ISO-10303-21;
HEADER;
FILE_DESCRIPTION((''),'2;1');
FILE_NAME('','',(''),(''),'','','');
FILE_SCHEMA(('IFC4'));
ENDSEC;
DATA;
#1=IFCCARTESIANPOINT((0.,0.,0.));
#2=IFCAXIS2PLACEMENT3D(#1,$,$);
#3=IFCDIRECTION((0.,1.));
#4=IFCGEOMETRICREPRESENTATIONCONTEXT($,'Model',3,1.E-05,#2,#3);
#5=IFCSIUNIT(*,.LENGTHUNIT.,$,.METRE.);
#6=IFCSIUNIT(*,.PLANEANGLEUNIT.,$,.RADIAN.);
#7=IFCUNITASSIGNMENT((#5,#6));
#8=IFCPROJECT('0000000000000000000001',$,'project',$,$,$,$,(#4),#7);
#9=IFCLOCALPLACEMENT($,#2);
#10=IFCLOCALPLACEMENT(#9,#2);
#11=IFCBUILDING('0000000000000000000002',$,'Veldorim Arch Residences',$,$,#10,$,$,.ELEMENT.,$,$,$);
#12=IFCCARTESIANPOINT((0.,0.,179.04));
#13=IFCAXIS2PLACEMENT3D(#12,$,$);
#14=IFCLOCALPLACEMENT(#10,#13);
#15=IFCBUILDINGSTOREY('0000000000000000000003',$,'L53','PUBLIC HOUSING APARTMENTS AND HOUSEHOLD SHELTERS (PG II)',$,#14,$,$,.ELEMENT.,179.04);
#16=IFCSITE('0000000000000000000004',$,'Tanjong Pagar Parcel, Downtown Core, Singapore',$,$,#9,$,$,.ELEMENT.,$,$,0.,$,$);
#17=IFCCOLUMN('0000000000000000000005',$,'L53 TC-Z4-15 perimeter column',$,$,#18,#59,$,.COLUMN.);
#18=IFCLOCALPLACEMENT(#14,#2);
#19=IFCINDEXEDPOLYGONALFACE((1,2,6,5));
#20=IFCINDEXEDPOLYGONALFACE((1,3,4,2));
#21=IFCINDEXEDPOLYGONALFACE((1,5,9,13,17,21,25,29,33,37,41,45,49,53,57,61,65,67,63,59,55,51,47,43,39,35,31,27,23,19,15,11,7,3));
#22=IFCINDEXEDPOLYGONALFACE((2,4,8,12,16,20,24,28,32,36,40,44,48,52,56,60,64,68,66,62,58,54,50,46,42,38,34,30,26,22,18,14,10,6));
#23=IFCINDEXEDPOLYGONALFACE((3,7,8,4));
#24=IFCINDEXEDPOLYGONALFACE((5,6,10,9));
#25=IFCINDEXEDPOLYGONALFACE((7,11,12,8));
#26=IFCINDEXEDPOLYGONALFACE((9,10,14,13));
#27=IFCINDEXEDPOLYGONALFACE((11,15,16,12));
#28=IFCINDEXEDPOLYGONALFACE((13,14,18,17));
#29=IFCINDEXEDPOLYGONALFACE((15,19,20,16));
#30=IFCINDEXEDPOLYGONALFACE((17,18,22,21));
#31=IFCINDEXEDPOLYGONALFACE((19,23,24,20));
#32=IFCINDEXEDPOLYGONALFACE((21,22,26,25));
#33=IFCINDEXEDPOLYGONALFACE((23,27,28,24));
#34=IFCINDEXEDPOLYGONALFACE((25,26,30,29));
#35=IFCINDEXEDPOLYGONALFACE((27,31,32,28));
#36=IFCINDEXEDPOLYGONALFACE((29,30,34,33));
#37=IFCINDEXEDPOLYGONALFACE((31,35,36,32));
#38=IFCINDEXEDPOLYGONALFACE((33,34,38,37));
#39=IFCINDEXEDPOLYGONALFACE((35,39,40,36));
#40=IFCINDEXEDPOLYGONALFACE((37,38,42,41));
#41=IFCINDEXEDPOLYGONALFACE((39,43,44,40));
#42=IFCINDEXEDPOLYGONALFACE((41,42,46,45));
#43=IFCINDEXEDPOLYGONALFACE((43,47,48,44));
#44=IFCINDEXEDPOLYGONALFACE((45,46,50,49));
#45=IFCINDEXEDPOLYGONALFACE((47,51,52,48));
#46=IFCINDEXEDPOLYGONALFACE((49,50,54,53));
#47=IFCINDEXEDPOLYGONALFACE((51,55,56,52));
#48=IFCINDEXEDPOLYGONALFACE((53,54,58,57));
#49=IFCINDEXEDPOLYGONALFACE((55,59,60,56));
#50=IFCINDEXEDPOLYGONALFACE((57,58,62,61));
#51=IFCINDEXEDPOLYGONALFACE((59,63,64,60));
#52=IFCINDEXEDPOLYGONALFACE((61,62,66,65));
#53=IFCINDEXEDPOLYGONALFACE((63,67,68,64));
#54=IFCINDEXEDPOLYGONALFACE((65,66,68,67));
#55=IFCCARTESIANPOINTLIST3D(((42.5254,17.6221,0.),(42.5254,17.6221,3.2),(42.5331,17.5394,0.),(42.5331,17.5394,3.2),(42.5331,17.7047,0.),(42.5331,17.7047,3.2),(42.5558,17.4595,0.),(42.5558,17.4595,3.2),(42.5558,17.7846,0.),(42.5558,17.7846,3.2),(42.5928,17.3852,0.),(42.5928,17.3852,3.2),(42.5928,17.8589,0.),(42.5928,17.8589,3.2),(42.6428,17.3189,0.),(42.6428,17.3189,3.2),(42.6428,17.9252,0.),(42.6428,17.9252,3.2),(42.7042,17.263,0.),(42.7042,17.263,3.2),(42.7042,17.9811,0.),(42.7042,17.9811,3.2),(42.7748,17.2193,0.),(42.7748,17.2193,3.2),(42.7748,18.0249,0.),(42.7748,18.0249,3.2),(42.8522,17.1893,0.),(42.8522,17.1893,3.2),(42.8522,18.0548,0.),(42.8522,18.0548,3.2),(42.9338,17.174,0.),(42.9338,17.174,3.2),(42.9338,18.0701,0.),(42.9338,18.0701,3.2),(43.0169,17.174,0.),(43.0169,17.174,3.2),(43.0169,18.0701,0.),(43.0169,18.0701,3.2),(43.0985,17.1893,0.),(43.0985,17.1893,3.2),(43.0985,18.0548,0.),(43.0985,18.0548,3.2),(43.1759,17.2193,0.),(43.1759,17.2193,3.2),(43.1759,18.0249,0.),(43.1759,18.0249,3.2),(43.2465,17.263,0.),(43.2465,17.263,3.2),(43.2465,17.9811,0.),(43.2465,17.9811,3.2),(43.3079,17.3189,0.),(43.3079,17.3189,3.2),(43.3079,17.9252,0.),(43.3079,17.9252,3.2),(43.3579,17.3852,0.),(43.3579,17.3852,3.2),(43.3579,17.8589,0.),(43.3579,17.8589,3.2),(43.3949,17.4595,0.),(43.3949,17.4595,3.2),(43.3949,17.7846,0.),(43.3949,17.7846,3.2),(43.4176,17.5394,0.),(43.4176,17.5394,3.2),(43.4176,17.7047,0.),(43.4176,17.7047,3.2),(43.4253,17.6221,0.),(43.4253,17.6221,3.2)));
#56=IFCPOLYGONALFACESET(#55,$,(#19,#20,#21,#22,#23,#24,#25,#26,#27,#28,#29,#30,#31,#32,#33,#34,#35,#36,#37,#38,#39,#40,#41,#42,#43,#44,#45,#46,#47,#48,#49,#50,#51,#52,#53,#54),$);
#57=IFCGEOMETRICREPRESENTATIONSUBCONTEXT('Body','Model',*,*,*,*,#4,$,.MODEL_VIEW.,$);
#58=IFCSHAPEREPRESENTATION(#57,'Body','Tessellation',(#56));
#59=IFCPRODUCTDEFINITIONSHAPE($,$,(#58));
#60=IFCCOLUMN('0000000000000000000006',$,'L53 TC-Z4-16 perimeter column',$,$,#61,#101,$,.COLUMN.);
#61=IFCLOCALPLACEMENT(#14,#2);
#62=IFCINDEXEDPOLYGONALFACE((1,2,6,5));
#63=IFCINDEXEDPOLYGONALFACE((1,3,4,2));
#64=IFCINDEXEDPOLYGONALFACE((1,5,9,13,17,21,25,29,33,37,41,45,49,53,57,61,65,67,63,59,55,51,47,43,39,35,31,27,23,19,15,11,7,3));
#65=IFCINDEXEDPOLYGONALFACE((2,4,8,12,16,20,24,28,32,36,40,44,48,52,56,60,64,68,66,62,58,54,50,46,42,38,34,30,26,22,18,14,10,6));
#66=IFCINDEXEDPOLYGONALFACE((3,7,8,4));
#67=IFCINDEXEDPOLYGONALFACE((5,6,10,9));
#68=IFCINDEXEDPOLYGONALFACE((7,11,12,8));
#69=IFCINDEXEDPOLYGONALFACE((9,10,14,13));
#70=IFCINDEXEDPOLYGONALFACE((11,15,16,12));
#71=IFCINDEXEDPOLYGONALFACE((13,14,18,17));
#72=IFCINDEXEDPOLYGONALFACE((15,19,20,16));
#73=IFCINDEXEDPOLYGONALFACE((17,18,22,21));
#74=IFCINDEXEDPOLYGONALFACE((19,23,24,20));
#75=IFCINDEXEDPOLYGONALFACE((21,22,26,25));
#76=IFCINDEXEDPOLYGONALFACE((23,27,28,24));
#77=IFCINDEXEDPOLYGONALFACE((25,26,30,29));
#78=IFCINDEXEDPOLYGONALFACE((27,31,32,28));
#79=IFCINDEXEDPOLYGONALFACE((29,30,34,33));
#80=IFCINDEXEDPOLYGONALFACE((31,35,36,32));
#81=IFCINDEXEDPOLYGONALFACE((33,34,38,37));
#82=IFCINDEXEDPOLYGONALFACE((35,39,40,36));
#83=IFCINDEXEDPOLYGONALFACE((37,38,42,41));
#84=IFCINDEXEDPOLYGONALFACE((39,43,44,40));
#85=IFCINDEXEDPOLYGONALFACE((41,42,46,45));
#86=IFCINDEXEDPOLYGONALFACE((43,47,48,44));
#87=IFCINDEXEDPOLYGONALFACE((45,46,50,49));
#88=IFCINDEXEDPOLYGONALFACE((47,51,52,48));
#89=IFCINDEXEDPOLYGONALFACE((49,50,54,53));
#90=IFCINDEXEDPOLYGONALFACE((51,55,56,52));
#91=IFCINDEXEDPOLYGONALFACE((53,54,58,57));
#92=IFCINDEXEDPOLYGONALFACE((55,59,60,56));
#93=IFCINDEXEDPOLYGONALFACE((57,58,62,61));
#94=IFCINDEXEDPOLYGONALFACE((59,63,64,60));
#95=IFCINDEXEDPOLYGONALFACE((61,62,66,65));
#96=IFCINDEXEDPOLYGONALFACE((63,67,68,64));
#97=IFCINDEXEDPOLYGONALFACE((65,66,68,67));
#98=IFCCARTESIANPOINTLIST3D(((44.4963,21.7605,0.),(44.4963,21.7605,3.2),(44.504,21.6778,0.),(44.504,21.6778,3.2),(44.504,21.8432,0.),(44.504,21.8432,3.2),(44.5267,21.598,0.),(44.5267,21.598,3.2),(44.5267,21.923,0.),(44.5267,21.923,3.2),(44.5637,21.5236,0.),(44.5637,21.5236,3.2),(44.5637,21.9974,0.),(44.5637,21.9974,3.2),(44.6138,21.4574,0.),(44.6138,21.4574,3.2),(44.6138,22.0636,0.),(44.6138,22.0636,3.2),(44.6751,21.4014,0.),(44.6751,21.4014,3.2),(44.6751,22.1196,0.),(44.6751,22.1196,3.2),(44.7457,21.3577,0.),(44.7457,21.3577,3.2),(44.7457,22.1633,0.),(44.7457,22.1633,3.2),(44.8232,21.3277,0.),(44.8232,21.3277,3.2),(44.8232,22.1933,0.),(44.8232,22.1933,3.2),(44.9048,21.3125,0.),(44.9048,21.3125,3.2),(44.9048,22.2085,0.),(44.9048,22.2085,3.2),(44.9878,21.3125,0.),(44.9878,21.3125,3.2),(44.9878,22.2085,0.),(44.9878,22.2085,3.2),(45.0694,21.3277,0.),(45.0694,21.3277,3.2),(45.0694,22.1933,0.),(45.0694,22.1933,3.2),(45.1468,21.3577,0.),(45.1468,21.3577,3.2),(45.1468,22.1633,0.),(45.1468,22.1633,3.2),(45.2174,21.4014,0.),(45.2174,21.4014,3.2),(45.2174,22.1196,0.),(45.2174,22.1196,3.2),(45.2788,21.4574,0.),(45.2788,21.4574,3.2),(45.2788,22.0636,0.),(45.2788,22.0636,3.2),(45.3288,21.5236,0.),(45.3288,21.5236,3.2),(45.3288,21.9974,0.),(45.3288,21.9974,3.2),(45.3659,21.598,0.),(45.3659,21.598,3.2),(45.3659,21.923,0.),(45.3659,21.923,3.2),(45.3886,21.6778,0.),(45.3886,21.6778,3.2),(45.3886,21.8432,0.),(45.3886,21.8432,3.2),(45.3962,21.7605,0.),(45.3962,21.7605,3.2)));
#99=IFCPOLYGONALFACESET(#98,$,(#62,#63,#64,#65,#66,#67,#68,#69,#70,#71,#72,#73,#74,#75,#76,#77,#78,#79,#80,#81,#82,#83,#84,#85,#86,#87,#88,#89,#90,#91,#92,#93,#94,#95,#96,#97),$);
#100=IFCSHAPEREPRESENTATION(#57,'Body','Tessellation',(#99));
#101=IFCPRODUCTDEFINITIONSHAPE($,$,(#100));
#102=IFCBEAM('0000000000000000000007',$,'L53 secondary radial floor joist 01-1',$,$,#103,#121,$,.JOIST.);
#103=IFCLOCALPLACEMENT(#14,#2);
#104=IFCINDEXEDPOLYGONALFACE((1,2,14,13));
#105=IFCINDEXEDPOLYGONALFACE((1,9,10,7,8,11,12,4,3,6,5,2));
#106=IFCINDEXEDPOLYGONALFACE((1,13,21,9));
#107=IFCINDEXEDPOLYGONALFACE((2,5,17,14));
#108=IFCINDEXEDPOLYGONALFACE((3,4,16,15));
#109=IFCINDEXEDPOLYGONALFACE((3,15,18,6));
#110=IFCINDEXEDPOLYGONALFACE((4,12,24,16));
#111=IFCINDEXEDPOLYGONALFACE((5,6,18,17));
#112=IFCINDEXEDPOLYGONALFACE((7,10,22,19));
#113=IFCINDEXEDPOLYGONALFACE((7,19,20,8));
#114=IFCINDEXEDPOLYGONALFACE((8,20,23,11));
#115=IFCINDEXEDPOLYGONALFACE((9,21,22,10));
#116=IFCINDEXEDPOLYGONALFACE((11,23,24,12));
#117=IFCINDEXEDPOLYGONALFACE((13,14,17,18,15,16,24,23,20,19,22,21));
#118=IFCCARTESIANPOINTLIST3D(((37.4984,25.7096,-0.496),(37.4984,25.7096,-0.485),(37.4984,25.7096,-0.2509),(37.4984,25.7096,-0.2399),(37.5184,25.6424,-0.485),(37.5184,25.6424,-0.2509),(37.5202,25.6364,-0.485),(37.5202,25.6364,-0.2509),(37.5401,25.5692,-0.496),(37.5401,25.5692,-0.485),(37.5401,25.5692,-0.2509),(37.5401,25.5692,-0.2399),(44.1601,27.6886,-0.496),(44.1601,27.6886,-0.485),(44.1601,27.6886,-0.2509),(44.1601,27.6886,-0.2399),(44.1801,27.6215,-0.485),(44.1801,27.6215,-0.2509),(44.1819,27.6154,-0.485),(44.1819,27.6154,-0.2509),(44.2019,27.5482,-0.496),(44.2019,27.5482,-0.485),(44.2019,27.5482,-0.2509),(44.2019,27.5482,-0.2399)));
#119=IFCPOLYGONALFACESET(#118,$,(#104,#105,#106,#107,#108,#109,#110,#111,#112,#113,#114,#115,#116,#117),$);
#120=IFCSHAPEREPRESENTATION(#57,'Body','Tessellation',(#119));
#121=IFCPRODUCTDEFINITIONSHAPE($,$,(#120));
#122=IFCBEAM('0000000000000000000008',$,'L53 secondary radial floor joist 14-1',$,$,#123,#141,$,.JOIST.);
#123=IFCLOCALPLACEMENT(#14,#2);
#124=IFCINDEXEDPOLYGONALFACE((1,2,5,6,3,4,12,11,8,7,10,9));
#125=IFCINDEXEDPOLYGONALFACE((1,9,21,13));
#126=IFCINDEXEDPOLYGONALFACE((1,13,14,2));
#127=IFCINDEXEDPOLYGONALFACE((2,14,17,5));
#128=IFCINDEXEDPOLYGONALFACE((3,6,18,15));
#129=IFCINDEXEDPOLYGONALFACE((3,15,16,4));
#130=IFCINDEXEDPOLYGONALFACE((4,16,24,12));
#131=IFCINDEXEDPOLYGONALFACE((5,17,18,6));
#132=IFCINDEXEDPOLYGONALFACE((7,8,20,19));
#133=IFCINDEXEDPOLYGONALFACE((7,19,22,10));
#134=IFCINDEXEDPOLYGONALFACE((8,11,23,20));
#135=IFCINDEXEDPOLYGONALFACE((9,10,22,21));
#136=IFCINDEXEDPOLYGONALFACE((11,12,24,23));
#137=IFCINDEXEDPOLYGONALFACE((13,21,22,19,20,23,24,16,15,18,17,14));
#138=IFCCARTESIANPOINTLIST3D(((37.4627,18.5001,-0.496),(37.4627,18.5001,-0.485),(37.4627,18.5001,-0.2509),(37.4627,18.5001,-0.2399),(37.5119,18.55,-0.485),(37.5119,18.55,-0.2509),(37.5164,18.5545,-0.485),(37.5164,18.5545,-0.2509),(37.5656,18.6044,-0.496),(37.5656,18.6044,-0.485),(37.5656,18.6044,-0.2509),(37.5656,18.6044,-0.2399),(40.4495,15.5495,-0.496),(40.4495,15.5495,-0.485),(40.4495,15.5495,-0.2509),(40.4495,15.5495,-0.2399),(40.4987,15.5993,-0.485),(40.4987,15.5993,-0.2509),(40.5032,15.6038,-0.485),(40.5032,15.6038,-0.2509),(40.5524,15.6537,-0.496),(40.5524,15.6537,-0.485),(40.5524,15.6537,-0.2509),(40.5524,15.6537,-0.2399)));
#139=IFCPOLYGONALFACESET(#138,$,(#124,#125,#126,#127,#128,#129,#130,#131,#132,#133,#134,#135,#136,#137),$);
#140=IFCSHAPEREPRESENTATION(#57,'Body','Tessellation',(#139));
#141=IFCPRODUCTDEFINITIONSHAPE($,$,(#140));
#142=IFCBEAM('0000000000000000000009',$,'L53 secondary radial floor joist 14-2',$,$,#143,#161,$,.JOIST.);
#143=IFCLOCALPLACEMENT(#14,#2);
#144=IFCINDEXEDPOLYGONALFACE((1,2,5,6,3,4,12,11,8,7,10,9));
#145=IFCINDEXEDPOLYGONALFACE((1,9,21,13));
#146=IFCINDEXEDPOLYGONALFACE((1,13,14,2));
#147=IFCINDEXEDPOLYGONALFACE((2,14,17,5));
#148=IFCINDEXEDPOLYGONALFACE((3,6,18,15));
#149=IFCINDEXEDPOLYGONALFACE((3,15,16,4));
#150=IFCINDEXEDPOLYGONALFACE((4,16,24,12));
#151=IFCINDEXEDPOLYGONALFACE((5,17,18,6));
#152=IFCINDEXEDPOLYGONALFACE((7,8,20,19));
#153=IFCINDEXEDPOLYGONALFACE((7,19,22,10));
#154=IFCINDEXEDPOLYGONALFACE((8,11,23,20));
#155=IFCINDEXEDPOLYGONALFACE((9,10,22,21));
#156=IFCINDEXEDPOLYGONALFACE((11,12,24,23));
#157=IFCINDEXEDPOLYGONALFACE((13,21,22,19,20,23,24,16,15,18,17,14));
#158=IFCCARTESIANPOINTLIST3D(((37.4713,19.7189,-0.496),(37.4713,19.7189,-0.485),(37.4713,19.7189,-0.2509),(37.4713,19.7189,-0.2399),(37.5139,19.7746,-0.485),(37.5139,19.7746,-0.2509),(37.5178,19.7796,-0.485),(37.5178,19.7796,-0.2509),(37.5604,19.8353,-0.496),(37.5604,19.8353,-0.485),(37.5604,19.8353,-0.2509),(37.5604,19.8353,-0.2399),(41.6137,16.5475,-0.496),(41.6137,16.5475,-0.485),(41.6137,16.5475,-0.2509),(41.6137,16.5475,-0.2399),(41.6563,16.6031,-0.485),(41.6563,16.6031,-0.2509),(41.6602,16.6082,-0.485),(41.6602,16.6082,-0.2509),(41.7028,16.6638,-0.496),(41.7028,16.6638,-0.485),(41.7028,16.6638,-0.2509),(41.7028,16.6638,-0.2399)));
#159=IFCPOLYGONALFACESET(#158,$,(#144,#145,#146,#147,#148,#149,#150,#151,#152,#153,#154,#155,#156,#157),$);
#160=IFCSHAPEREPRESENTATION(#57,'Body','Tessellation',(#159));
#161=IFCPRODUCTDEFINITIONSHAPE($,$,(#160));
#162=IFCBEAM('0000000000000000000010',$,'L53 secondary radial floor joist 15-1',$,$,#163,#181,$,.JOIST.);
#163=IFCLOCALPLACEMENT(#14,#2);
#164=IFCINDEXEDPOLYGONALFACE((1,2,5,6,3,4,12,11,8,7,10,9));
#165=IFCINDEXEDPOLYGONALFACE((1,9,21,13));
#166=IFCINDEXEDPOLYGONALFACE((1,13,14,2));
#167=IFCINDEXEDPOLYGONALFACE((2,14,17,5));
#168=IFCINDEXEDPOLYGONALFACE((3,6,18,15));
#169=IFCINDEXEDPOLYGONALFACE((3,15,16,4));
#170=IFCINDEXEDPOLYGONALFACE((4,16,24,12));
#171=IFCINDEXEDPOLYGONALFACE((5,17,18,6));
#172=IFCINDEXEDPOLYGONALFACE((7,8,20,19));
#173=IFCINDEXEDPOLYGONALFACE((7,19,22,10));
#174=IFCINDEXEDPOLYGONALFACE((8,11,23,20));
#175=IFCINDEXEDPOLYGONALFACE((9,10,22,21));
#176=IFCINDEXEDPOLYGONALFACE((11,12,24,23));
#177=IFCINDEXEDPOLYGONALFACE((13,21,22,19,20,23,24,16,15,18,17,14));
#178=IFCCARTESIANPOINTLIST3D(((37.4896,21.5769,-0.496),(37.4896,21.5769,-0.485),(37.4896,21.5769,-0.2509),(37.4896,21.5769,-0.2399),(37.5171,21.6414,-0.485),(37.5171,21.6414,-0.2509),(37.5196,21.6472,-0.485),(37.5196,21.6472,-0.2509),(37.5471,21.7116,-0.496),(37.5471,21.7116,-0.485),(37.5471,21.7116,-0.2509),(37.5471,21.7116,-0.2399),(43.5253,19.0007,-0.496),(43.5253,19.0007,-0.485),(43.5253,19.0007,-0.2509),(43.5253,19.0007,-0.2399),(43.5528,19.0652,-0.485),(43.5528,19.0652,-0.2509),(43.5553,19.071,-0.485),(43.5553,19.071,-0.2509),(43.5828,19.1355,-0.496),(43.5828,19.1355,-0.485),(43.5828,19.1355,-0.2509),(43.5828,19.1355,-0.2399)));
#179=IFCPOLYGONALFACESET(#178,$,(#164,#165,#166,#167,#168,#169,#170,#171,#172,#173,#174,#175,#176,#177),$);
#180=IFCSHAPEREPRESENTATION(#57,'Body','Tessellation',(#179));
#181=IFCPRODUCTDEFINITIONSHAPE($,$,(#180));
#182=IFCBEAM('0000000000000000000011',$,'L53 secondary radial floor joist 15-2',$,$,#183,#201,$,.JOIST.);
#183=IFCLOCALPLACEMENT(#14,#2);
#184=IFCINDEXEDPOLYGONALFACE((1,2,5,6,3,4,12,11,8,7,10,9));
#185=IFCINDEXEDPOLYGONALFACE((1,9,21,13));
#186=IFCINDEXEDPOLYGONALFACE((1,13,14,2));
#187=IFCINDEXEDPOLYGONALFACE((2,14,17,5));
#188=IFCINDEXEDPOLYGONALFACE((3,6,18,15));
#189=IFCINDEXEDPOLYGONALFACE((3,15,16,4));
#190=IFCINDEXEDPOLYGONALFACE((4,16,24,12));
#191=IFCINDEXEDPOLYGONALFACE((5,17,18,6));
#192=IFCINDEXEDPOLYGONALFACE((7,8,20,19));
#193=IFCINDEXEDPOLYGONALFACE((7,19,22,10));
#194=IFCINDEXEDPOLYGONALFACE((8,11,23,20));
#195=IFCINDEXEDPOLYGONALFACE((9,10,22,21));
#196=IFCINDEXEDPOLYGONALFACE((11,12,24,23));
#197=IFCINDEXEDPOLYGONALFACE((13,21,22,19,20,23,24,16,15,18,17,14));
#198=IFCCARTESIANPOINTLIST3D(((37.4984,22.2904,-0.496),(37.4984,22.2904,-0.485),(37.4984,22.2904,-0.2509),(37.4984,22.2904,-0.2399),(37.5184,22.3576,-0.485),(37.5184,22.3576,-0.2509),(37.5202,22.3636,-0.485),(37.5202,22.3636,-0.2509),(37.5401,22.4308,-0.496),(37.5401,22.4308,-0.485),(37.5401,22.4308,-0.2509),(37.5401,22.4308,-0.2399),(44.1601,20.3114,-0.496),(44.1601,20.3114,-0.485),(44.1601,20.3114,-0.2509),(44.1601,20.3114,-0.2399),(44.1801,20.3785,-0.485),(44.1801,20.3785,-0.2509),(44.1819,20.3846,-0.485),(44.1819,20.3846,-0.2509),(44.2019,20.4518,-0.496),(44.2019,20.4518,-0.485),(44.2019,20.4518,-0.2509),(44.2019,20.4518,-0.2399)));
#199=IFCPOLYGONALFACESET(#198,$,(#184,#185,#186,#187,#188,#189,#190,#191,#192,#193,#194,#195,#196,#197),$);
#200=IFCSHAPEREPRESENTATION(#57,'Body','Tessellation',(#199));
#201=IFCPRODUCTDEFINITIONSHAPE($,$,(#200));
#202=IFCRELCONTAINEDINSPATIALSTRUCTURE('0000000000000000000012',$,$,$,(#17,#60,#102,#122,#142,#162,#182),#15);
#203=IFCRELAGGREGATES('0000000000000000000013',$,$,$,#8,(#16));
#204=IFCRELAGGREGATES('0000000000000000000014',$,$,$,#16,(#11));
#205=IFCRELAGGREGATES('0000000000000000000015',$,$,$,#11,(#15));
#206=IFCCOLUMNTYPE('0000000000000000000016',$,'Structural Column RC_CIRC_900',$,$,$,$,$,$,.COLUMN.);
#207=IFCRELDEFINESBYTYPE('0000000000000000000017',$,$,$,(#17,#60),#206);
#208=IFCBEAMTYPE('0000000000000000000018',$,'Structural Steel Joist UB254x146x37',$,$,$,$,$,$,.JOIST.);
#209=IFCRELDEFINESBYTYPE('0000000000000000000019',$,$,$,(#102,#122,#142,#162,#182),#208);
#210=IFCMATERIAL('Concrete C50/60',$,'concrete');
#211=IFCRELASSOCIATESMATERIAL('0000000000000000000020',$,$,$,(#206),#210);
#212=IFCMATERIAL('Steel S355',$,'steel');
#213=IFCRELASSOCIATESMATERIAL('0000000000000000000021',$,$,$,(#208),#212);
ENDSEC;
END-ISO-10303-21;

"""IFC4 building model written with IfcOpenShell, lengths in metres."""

from ifc_helpers import new_model, si_unit, direction, frame, origin, origin_2d, place, context, subcontext, project, spatial, circle, i_section, extrude, material, material_profile, profile_set, type_object, element, save


model = new_model("IFC4")

# Units and contexts
model_context = context("Model", 3, precision=1e-05, world=origin(), true_north=direction((0.0, 1.0)))
body_context = subcontext(model_context, "Body", "Model", "MODEL_VIEW")
ifc_project = project(units=[si_unit("LENGTHUNIT", "METRE"), si_unit("PLANEANGLEUNIT", "RADIAN")], contexts=[model_context])

# Site, building, storey
site_placement = place(None, origin())
site = spatial("IfcSite", under=ifc_project, at=site_placement, Name="Tanjong Pagar Parcel, Downtown Core, Singapore", CompositionType="ELEMENT", RefElevation=0.0)
building_placement = place(site_placement, origin())
building = spatial("IfcBuilding", under=site, at=building_placement, Name="Veldorim Arch Residences", CompositionType="ELEMENT")
storey_placement = place(building_placement, frame((0.0, 0.0, 179.04)))
storey = spatial("IfcBuildingStorey", under=building, at=storey_placement, Name="L53", Description="PUBLIC HOUSING APARTMENTS AND HOUSEHOLD SHELTERS (PG II)", CompositionType="ELEMENT", Elevation=179.04)

# Columns
ifc_material_1 = material(Name="Concrete C50/60", Category="concrete")
ifc_material_profile_1 = material_profile(ifc_material_1, circle(Radius=0.45, at=origin_2d()), Name="RC_CIRC_900")
ifc_profile_set_1 = profile_set([ifc_material_profile_1], Name="Concrete C50/60")
column_type = type_object("IfcColumnType", Name="Structural Column RC_CIRC_900", PredefinedType="COLUMN", material=ifc_profile_set_1)
for number, where, z_axis, x_axis, name in (
    (1, (42.9753, 17.6221, 0.0), (0.0, 0.0, 1.0), (1.0, 0.0, 0.0), "L53 TC-Z4-15 perimeter column"),
    (2, (44.9463, 21.7605, 0.0), (0.0, 0.0, 1.0), (1.0, 0.0, 0.0), "L53 TC-Z4-16 perimeter column"),
):
    element("IfcColumn", number, at=place(storey_placement, frame(where, z_axis=z_axis, x_axis=x_axis)), inside=storey, type_object=column_type, Name=name, PredefinedType="COLUMN", context=body_context, shape_type="SweptSolid", body=[
        extrude(circle(Radius=0.45, at=origin_2d()), origin(), (0.0, 0.0, 1.0), 3.2),
    ])

# Beams
ifc_material_2 = material(Name="Steel S355", Category="steel")
ifc_material_profile_2 = material_profile(ifc_material_2, i_section(OverallWidth=0.1465, OverallDepth=0.2561, WebThickness=0.0063, FlangeThickness=0.011, at=origin_2d()), Name="UB254x146x37")
ifc_profile_set_2 = profile_set([ifc_material_profile_2], Name="Steel S355")
beam_type_1 = type_object("IfcBeamType", Name="Structural Steel Joist UB254x146x37", PredefinedType="JOIST", material=ifc_profile_set_2)
beam_1_placement = place(storey_placement, frame((37.5193, 25.6394, -0.3679), z_axis=(0.958594, 0.284775, 0.0), x_axis=(-0.284775, 0.958594, 0.0)))
element("IfcBeam", 3, at=beam_1_placement, inside=storey, type_object=beam_type_1, Name="L53 secondary radial floor joist 01-1", PredefinedType="JOIST", context=body_context, shape_type="SweptSolid", body=[
    extrude(i_section(OverallWidth=0.1465, OverallDepth=0.2561, WebThickness=0.0063, FlangeThickness=0.011, at=origin_2d()), origin(), (0.0, 0.0, 1.0), 6.9495),
])
beam_2_placement = place(storey_placement, frame((37.5142, 18.5522, -0.3679), z_axis=(0.711397, -0.702791, 0.0), x_axis=(0.702791, 0.711397, 0.0)))
element("IfcBeam", 4, at=beam_2_placement, inside=storey, type_object=beam_type_1, Name="L53 secondary radial floor joist 14-1", PredefinedType="JOIST", context=body_context, shape_type="SweptSolid", body=[
    extrude(i_section(OverallWidth=0.1465, OverallDepth=0.2561, WebThickness=0.0063, FlangeThickness=0.011, at=origin_2d()), origin(), (0.0, 0.0, 1.0), 4.1985),
])
beam_3_placement = place(storey_placement, frame((37.5159, 19.7771, -0.3679), z_axis=(0.794014, -0.6079, 0.0), x_axis=(0.6079, 0.794014, 0.0)))
element("IfcBeam", 5, at=beam_3_placement, inside=storey, type_object=beam_type_1, Name="L53 secondary radial floor joist 14-2", PredefinedType="JOIST", context=body_context, shape_type="SweptSolid", body=[
    extrude(i_section(OverallWidth=0.1465, OverallDepth=0.2561, WebThickness=0.0063, FlangeThickness=0.011, at=origin_2d()), origin(), (0.0, 0.0, 1.0), 5.217),
])
beam_4_placement = place(storey_placement, frame((37.5183, 21.6443, -0.3679), z_axis=(0.919725, -0.392563, 0.0), x_axis=(0.392563, 0.919725, 0.0)))
element("IfcBeam", 6, at=beam_4_placement, inside=storey, type_object=beam_type_1, Name="L53 secondary radial floor joist 15-1", PredefinedType="JOIST", context=body_context, shape_type="SweptSolid", body=[
    extrude(i_section(OverallWidth=0.1465, OverallDepth=0.2561, WebThickness=0.0063, FlangeThickness=0.011, at=origin_2d()), origin(), (0.0, 0.0, 1.0), 6.5625),
])
beam_5_placement = place(storey_placement, frame((37.5193, 22.3606, -0.3679), z_axis=(0.958594, -0.284775, 0.0), x_axis=(0.284775, 0.958594, 0.0)))
element("IfcBeam", 7, at=beam_5_placement, inside=storey, type_object=beam_type_1, Name="L53 secondary radial floor joist 15-2", PredefinedType="JOIST", context=body_context, shape_type="SweptSolid", body=[
    extrude(i_section(OverallWidth=0.1465, OverallDepth=0.2561, WebThickness=0.0063, FlangeThickness=0.011, at=origin_2d()), origin(), (0.0, 0.0, 1.0), 6.9495),
])

save(model, "model.ifc")
